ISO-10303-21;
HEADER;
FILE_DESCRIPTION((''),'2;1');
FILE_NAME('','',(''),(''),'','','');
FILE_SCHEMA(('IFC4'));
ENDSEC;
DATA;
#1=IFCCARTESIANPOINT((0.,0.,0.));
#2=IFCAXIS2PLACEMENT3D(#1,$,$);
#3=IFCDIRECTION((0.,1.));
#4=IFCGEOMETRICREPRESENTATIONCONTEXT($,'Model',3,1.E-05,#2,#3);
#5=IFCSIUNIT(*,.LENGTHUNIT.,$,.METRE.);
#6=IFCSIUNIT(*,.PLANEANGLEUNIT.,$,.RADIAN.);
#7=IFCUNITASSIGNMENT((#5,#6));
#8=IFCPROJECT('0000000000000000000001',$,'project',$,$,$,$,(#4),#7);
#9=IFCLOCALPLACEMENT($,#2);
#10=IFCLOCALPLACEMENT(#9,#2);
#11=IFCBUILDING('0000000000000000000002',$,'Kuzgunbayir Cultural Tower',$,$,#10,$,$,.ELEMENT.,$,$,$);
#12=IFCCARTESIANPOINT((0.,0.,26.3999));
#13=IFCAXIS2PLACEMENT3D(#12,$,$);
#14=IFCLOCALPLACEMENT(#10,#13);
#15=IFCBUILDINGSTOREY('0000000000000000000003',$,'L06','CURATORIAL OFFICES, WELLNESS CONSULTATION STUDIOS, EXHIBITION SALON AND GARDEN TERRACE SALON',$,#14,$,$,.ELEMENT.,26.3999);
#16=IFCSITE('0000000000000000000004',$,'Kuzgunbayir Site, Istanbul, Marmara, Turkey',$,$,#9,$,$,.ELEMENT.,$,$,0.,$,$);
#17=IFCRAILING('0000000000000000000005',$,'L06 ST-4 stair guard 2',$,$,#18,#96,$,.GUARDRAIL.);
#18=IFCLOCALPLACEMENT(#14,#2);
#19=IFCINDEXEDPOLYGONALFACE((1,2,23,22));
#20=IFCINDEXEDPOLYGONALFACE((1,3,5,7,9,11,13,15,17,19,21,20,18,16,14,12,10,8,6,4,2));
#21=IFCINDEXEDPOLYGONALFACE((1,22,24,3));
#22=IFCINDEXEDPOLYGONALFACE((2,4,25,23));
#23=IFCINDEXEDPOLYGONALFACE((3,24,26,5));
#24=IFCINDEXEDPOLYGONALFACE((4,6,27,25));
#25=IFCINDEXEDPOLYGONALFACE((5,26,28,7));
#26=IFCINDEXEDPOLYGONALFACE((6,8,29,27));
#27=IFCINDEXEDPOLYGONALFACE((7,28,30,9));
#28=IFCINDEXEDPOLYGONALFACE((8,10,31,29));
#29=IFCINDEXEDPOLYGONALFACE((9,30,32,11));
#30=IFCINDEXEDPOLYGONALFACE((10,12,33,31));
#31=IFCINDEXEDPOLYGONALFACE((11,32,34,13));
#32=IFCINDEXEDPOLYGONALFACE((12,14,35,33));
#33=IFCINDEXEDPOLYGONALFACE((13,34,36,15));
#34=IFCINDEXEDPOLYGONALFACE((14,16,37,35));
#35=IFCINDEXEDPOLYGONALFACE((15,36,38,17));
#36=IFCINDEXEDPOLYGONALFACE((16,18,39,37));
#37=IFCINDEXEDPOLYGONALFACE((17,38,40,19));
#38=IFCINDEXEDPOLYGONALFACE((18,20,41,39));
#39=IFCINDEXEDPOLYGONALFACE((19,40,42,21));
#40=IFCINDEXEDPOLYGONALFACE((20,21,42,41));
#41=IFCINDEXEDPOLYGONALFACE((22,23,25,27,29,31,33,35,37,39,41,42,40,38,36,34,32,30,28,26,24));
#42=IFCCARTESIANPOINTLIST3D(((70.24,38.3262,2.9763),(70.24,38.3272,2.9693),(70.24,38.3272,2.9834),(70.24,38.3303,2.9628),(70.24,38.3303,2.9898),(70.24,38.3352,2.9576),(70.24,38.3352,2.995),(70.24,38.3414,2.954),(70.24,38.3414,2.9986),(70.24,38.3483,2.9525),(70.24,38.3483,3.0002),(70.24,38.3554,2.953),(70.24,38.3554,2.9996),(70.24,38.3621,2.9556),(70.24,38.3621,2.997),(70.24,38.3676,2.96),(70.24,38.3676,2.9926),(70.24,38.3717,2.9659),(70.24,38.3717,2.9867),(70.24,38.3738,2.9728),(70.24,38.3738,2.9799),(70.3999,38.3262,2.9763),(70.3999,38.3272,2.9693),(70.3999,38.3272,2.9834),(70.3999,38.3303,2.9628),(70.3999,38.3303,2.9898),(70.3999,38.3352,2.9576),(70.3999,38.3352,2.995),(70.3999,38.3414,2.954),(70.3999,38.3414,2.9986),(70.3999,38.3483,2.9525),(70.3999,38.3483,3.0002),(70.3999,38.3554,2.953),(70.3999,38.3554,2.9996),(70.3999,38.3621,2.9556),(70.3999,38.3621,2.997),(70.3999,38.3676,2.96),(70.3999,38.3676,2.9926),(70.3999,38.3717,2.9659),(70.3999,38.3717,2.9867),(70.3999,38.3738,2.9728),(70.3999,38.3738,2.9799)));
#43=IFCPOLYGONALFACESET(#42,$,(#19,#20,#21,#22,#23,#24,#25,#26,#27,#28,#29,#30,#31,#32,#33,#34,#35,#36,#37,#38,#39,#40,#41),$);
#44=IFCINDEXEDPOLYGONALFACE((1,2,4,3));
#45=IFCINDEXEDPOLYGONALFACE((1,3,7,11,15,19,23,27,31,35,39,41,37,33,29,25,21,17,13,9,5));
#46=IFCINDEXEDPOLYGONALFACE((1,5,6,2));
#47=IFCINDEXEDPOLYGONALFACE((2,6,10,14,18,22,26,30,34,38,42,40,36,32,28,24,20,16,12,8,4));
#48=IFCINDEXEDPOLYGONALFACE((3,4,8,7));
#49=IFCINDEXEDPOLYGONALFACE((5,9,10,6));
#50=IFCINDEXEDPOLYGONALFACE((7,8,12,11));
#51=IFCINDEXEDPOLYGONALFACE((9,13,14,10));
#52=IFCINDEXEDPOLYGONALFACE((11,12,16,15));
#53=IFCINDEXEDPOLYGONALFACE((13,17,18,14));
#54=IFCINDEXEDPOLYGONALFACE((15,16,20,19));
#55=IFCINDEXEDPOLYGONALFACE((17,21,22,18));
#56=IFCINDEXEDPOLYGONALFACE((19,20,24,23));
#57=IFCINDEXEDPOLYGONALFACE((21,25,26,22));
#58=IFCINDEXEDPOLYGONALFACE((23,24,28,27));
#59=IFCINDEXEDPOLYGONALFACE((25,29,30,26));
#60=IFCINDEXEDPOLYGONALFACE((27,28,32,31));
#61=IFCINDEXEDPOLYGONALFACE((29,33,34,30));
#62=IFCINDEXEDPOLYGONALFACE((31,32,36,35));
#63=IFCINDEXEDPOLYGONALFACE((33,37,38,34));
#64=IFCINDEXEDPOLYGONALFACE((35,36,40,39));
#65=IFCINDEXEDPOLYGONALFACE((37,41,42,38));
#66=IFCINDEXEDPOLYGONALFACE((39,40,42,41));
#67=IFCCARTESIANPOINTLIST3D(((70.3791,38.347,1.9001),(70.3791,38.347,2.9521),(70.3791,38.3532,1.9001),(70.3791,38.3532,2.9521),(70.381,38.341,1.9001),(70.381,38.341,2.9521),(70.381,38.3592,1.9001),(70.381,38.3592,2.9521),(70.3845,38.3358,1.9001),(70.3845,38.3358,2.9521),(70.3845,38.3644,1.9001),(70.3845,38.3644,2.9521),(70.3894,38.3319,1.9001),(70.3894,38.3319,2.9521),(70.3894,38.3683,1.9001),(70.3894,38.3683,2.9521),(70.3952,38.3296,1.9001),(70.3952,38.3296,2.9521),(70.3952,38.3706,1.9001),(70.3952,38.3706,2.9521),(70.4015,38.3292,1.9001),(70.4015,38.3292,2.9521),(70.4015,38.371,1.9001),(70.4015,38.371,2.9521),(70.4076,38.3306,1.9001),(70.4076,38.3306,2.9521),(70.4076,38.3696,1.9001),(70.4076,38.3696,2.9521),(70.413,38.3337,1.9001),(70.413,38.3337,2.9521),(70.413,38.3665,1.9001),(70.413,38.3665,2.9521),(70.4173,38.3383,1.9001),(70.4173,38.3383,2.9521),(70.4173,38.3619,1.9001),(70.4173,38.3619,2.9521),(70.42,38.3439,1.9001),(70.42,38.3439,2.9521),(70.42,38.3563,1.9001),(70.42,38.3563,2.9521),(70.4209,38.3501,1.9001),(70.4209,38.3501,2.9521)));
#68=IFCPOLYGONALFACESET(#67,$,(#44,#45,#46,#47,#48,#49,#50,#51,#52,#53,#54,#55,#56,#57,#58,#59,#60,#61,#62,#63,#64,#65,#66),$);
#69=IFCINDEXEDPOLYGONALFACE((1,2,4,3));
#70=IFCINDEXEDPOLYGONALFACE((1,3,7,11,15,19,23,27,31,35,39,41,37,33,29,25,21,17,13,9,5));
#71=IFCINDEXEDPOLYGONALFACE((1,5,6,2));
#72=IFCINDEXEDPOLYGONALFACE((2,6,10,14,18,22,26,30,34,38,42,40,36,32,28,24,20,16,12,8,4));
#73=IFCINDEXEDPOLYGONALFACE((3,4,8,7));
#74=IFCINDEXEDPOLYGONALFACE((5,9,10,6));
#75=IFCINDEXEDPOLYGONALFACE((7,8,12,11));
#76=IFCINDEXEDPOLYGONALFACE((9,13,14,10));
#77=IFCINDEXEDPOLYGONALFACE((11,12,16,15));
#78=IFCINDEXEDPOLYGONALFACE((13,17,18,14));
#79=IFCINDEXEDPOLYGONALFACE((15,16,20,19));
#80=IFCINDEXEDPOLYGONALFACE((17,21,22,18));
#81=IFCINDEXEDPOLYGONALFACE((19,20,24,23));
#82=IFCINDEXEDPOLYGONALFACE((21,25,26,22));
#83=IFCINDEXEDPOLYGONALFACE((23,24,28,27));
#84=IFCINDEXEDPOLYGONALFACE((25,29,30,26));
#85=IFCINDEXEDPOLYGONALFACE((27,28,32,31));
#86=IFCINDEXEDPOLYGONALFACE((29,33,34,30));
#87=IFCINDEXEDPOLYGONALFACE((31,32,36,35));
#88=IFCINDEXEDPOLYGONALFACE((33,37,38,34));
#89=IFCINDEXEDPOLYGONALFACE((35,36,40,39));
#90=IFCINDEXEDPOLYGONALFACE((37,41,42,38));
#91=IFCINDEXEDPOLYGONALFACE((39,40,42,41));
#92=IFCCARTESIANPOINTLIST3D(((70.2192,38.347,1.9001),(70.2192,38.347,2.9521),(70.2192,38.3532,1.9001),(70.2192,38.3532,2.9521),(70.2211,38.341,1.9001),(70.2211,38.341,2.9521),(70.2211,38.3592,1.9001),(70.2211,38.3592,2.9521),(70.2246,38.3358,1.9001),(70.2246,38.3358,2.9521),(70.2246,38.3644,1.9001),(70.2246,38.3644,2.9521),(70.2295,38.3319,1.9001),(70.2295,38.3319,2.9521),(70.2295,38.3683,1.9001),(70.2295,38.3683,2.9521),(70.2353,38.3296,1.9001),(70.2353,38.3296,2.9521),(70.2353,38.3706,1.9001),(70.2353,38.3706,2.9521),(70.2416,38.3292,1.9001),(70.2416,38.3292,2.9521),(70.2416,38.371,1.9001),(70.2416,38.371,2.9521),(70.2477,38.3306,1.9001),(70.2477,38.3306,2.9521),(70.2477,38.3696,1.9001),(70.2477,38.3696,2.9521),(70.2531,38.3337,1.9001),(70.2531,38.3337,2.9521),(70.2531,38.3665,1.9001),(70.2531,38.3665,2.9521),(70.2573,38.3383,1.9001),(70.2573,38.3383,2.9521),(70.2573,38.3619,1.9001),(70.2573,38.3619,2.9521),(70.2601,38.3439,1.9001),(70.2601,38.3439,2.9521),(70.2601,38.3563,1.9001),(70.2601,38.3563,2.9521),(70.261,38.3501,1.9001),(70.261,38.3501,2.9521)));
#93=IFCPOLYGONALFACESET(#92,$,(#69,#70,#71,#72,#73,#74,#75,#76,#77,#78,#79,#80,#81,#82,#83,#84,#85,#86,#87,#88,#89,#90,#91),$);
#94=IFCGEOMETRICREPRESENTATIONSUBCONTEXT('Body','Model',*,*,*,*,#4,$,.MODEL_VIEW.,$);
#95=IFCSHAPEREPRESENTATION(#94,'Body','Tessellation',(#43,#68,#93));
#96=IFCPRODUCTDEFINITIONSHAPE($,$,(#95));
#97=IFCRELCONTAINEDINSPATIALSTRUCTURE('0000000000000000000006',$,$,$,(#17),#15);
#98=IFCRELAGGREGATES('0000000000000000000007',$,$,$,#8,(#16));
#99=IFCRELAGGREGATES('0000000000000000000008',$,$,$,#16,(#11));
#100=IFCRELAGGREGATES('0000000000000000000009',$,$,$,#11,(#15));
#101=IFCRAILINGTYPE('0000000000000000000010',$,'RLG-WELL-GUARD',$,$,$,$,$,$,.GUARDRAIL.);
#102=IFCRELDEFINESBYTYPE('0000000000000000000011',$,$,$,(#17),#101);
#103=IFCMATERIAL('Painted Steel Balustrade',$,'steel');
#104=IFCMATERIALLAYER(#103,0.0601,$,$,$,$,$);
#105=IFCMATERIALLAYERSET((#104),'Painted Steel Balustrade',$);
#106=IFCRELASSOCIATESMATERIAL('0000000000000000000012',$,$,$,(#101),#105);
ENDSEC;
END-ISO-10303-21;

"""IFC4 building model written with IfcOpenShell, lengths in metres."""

from ifc_helpers import new_model, si_unit, direction, frame, origin, origin_2d, place, context, subcontext, project, spatial, circle, extrude, material, layer, layer_set, type_object, element, save


model = new_model("IFC4")

# Units and contexts
model_context = context("Model", 3, precision=1e-05, world=origin(), true_north=direction((0.0, 1.0)))
body_context = subcontext(model_context, "Body", "Model", "MODEL_VIEW")
ifc_project = project(units=[si_unit("LENGTHUNIT", "METRE"), si_unit("PLANEANGLEUNIT", "RADIAN")], contexts=[model_context])

# Site, building, storey
site_placement = place(None, origin())
site = spatial("IfcSite", under=ifc_project, at=site_placement, Name="Kuzgunbayir Site, Istanbul, Marmara, Turkey", CompositionType="ELEMENT", RefElevation=0.0)
building_placement = place(site_placement, origin())
building = spatial("IfcBuilding", under=site, at=building_placement, Name="Kuzgunbayir Cultural Tower", CompositionType="ELEMENT")
storey_placement = place(building_placement, frame((0.0, 0.0, 26.3999)))
storey = spatial("IfcBuildingStorey", under=building, at=storey_placement, Name="L06", Description="CURATORIAL OFFICES, WELLNESS CONSULTATION STUDIOS, EXHIBITION SALON AND GARDEN TERRACE SALON", CompositionType="ELEMENT", Elevation=26.3999)

# Railing
ifc_material_1 = material(Name="Painted Steel Balustrade", Category="steel")
ifc_layer_1 = layer(ifc_material_1, 0.0601)
ifc_layer_set_1 = layer_set([ifc_layer_1], Name="Painted Steel Balustrade")
railing_type_1 = type_object("IfcRailingType", Name="RLG-WELL-GUARD", PredefinedType="GUARDRAIL", material=ifc_layer_set_1)
railing_1_placement = place(storey_placement, frame((70.3999, 38.3501, 1.9001)))
element("IfcRailing", 1, at=railing_1_placement, inside=storey, type_object=railing_type_1, Name="L06 ST-4 stair guard 2", PredefinedType="GUARDRAIL", context=body_context, shape_type="SweptSolid", body=[
    extrude(circle(Radius=0.0239, at=origin_2d()), frame((0.0, 0.0, 1.0762), z_axis=(-1.0, 0.0, 0.0), x_axis=(0.0, -1.0, 0.0)), (0.0, 0.0, 1.0), 0.1599),
    extrude(circle(Radius=0.021, at=origin_2d()), origin(), (0.0, 0.0, 1.0), 1.052),
    extrude(circle(Radius=0.021, at=origin_2d()), frame((-0.1599, 0.0, 0.0)), (0.0, 0.0, 1.0), 1.052),
])

save(model, "model.ifc")
